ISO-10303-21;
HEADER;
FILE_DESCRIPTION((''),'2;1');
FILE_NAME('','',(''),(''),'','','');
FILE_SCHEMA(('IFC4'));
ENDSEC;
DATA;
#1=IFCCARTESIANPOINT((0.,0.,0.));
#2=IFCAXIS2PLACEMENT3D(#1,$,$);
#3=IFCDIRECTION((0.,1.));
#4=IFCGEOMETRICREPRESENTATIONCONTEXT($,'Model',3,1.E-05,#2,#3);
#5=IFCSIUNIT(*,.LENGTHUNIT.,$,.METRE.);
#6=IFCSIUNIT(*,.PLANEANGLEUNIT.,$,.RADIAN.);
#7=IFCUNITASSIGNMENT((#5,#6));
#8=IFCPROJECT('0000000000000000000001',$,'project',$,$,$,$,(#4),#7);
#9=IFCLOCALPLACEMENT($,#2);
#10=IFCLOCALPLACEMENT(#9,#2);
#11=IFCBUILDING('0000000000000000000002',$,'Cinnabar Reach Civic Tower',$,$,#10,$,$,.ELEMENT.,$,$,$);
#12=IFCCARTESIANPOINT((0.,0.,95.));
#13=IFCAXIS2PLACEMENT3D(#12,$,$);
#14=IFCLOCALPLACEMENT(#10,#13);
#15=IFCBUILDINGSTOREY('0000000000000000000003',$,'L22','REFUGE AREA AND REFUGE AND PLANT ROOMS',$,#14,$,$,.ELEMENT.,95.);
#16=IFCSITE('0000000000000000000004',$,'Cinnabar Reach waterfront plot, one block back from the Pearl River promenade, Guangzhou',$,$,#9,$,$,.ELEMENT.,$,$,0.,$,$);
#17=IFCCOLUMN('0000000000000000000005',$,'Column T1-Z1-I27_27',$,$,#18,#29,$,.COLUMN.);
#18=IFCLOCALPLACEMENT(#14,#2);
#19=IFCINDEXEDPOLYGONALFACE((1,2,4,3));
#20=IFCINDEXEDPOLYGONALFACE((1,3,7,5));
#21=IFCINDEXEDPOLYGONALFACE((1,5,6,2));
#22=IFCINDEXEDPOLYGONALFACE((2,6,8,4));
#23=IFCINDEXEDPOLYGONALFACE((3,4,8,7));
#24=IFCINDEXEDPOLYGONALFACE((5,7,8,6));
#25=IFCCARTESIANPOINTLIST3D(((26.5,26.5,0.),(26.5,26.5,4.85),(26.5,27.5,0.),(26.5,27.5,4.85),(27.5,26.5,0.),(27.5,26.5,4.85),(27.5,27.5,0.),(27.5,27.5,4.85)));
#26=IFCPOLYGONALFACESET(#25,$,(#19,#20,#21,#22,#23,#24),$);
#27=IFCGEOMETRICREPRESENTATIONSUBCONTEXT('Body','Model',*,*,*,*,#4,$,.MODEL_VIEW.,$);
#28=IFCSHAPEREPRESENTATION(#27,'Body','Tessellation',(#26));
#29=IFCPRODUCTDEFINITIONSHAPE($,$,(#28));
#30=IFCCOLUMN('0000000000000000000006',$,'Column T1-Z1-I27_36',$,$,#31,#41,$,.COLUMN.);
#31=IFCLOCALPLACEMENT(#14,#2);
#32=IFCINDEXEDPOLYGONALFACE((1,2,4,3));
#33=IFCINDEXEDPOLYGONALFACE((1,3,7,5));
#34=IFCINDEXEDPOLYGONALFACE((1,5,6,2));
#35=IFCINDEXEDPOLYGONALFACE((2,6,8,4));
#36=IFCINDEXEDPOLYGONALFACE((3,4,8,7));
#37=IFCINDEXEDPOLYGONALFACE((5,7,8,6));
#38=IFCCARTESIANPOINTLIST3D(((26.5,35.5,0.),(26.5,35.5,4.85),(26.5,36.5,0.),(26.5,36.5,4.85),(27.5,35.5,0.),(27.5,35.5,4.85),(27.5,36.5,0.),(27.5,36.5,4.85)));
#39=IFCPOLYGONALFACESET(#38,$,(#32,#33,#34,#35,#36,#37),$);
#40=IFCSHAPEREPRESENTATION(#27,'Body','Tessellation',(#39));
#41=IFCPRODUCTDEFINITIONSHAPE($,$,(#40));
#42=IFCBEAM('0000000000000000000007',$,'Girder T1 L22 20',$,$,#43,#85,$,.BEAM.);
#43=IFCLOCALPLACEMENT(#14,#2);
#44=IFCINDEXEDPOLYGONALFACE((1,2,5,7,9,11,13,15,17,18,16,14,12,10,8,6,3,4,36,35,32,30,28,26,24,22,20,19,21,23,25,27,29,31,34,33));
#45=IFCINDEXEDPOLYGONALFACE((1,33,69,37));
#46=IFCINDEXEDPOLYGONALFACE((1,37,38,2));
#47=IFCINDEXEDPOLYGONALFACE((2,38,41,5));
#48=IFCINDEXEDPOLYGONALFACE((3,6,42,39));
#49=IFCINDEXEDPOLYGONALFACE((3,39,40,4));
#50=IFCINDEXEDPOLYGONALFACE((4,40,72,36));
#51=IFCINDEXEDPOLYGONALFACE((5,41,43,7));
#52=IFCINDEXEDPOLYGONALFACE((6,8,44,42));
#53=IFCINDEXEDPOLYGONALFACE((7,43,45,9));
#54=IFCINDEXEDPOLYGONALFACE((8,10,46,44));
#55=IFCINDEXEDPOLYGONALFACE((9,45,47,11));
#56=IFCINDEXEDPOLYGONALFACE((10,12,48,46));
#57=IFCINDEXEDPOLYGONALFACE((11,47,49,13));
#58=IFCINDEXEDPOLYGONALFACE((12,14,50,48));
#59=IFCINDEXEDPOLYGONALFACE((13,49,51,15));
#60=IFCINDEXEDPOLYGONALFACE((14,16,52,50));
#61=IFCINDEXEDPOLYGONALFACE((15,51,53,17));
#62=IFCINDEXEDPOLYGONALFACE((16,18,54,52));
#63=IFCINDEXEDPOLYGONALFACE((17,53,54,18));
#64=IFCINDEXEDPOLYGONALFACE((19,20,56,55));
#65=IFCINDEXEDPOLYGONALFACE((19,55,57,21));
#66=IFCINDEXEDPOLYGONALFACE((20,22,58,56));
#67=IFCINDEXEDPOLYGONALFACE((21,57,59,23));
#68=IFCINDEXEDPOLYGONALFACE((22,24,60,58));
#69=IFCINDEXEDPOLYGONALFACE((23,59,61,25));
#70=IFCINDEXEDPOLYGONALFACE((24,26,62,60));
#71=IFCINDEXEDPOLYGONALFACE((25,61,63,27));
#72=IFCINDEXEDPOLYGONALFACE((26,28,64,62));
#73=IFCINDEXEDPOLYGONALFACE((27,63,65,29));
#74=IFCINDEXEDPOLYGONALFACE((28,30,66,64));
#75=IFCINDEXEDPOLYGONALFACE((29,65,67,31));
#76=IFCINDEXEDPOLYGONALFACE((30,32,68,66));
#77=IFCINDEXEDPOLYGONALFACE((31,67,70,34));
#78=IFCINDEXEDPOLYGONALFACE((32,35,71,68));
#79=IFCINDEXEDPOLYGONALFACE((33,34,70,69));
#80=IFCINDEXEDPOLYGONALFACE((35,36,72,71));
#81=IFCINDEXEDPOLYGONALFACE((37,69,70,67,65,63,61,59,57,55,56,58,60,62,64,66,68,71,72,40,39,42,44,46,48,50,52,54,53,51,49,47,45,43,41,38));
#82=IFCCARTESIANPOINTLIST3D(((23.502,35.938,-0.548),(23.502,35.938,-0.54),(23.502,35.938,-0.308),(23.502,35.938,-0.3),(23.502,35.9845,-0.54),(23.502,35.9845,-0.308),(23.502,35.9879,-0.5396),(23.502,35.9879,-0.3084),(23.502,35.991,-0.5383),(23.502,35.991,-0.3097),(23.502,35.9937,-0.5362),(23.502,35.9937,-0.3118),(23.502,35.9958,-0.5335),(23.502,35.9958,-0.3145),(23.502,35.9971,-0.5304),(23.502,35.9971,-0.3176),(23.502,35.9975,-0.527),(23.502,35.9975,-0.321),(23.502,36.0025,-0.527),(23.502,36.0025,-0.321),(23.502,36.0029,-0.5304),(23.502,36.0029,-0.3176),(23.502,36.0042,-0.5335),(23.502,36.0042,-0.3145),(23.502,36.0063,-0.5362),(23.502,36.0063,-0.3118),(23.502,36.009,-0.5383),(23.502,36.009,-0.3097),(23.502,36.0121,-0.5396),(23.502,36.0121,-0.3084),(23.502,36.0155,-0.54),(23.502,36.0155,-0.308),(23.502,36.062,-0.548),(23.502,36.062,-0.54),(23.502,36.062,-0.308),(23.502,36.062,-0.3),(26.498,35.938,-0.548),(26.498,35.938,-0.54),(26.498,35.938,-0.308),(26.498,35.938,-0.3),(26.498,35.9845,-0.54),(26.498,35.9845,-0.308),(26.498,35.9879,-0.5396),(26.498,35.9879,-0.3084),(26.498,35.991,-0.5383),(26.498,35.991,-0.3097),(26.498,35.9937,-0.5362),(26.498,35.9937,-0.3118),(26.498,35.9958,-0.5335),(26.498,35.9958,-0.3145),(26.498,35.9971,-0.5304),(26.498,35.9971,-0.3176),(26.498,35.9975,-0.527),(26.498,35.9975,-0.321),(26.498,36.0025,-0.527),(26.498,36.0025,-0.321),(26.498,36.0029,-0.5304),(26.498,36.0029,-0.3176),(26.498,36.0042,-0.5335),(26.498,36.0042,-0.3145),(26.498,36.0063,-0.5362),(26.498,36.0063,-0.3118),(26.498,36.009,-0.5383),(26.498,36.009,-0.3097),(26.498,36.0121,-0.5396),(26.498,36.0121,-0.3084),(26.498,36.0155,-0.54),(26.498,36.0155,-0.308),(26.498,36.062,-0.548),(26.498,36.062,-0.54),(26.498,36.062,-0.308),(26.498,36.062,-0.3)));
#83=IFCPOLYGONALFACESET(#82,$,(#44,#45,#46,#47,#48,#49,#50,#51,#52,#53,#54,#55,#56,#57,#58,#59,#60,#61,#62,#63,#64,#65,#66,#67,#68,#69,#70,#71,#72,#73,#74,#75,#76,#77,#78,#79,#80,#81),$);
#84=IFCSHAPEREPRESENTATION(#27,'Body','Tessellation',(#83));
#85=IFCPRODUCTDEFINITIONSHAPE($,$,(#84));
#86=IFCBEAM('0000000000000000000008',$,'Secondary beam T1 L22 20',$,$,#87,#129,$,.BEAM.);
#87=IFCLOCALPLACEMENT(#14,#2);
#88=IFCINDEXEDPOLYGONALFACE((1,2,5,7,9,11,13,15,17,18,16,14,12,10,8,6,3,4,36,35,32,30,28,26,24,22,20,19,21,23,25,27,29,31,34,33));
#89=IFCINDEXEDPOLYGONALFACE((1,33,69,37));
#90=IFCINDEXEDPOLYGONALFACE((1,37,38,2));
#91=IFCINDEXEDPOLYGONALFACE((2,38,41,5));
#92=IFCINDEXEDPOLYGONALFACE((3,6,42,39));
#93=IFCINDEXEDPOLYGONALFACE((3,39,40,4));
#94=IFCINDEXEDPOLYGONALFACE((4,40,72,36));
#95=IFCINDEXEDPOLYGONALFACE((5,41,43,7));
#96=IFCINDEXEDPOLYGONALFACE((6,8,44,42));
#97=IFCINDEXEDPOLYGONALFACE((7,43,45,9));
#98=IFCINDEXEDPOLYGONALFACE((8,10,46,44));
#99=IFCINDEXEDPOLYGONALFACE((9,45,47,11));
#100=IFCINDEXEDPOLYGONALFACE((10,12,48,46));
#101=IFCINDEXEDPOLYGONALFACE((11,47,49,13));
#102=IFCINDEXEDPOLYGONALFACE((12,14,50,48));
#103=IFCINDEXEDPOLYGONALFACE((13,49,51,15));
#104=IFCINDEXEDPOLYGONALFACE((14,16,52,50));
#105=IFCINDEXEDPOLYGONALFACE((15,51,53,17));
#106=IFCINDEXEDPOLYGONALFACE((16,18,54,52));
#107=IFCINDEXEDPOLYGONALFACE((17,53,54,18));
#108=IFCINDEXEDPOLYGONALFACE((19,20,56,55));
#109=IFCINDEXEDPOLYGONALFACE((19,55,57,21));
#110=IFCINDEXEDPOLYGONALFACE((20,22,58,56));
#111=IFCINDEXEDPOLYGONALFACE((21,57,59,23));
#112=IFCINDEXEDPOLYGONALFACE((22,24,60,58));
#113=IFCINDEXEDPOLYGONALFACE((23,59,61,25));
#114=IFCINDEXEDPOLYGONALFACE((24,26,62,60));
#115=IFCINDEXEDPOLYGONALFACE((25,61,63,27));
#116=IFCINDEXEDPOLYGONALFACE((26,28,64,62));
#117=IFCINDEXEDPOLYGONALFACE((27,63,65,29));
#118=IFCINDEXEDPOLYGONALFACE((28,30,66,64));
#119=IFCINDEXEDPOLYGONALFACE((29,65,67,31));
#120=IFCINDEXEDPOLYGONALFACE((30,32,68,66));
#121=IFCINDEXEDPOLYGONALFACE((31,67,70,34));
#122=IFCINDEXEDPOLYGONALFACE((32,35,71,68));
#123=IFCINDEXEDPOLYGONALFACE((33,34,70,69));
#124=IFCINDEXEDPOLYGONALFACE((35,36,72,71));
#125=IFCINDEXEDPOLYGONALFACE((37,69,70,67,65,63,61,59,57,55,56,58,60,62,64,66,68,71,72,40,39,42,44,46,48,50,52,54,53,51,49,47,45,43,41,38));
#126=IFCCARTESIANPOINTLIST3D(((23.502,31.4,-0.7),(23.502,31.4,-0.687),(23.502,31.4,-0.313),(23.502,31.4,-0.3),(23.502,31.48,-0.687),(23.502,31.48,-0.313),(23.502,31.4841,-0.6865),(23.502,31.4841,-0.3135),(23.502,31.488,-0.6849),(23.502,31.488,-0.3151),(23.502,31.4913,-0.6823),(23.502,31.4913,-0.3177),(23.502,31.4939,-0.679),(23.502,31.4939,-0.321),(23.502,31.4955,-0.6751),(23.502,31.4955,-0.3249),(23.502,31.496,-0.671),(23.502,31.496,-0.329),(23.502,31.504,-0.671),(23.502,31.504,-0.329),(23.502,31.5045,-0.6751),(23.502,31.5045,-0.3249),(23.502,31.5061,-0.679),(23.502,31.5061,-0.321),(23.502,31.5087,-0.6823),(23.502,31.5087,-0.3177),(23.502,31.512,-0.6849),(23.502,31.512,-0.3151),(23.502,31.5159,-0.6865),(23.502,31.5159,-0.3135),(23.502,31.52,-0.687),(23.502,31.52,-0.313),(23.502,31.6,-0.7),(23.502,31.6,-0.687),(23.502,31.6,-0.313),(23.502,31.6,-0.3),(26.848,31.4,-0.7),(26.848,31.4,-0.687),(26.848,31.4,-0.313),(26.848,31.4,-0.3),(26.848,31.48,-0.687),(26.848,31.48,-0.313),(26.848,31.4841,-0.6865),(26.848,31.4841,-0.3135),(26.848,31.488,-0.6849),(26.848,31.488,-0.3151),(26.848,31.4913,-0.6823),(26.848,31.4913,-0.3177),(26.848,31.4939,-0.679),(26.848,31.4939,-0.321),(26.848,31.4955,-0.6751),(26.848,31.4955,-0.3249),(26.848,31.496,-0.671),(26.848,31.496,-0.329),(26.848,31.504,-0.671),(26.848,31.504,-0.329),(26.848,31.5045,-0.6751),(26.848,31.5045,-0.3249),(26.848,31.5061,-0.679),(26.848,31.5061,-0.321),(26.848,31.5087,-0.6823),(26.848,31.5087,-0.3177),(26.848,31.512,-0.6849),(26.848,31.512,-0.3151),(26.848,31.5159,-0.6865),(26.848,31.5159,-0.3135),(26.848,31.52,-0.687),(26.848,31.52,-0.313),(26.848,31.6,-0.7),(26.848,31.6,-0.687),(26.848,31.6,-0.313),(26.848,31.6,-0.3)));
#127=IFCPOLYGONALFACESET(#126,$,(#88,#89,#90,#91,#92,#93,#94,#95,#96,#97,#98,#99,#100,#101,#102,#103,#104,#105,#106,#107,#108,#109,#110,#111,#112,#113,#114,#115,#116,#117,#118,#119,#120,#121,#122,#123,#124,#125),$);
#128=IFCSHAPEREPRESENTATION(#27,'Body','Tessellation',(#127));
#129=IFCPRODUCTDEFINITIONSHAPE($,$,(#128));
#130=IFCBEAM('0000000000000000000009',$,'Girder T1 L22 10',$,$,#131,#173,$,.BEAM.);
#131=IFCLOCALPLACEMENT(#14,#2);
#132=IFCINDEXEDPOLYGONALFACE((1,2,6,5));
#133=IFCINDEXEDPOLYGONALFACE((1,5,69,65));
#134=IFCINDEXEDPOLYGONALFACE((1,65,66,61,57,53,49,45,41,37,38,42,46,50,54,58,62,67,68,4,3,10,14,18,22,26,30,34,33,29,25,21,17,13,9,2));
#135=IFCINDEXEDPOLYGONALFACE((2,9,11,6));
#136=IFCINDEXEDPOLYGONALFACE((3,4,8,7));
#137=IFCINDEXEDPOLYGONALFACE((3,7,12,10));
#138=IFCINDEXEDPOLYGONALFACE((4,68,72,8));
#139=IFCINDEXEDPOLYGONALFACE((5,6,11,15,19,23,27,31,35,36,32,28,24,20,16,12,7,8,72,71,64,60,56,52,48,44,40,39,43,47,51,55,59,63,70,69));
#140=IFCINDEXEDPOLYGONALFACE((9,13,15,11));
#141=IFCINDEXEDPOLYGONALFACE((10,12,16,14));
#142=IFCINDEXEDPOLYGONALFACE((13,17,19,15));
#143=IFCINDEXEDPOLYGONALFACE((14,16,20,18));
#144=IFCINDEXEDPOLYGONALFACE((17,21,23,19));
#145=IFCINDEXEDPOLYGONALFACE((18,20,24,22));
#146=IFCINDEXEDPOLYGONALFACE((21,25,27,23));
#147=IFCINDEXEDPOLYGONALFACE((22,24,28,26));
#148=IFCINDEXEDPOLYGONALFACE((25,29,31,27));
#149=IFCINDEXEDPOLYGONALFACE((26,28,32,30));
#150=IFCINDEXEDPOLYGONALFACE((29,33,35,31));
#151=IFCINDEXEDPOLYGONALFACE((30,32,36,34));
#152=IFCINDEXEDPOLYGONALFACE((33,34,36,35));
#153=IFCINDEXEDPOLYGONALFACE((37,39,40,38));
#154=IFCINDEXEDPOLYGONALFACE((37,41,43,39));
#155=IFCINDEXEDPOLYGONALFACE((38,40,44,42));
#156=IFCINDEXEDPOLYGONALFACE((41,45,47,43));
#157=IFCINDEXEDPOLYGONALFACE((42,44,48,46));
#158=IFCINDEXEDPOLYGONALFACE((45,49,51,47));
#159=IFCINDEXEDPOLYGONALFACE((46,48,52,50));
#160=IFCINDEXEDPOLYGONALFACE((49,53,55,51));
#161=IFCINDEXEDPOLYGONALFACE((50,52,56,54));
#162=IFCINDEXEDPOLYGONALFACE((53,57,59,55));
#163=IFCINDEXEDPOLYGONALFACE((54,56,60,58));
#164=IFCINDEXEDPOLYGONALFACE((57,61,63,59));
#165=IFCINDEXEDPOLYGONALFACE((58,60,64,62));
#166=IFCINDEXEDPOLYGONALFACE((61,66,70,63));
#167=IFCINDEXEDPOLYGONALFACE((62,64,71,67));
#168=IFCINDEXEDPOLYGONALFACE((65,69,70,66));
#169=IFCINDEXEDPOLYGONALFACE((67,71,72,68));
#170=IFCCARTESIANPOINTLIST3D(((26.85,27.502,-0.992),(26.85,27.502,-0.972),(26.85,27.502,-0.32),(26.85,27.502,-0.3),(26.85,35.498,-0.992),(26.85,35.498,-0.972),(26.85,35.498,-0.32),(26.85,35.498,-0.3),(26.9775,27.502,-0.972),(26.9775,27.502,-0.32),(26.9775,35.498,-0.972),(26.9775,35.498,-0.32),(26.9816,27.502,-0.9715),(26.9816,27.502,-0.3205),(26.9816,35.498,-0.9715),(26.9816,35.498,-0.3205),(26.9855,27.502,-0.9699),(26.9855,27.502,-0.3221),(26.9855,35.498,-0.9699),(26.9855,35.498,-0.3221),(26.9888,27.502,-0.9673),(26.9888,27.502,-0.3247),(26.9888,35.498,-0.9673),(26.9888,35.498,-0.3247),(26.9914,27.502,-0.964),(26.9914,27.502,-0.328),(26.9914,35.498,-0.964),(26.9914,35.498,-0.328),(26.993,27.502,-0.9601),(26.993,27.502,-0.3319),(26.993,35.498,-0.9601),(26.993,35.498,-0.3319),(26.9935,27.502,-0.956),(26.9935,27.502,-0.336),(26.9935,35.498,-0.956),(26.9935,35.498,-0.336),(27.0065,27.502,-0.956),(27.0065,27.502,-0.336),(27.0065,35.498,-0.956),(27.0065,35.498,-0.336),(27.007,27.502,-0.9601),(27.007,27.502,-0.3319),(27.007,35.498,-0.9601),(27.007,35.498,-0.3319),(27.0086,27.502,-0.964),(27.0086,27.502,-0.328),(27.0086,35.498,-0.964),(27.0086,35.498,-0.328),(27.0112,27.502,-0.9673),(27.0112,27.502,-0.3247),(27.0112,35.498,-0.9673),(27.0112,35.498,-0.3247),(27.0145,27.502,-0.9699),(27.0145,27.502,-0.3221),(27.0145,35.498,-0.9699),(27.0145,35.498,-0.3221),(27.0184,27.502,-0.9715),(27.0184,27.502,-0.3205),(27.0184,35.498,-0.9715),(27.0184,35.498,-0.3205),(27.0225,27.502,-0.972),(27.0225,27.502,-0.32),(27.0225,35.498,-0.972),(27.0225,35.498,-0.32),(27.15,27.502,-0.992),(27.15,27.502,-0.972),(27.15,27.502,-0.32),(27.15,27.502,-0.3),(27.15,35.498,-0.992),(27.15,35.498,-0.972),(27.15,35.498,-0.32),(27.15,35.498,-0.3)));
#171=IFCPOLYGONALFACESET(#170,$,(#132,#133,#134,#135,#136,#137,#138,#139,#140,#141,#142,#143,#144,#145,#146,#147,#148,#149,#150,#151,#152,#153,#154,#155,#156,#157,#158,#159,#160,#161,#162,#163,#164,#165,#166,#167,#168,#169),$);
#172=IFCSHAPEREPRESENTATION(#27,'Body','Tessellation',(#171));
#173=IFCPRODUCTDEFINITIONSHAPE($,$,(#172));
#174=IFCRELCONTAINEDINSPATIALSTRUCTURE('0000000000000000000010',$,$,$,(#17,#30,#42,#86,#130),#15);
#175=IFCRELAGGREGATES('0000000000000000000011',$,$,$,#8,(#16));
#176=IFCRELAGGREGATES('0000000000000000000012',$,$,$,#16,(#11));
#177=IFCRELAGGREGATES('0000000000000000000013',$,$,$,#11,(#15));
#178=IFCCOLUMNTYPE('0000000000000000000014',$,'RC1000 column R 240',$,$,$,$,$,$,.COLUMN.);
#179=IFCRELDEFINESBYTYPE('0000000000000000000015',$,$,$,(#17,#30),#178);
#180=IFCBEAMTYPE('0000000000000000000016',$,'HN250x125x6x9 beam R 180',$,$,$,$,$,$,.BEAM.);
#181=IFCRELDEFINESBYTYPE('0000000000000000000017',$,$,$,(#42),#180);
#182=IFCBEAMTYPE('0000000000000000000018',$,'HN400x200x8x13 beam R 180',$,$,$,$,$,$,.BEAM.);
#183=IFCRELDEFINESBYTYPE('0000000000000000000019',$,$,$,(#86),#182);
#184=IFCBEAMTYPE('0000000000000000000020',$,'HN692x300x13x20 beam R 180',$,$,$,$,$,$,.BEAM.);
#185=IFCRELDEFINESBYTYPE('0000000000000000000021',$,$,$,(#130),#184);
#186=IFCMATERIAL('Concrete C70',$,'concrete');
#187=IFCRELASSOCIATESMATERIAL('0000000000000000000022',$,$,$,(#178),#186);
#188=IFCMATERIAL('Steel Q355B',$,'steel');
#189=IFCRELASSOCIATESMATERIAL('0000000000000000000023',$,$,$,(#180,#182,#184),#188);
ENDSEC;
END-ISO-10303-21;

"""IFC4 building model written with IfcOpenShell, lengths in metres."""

from ifc_helpers import new_model, si_unit, direction, frame, origin, origin_2d, place, context, subcontext, project, spatial, rectangle, i_section, extrude, material, material_profile, profile_set, type_object, element, save


model = new_model("IFC4")

# Units and contexts
model_context = context("Model", 3, precision=1e-05, world=origin(), true_north=direction((0.0, 1.0)))
body_context = subcontext(model_context, "Body", "Model", "MODEL_VIEW")
ifc_project = project(units=[si_unit("LENGTHUNIT", "METRE"), si_unit("PLANEANGLEUNIT", "RADIAN")], contexts=[model_context])

# Site, building, storey
site_placement = place(None, origin())
site = spatial("IfcSite", under=ifc_project, at=site_placement, Name="Cinnabar Reach waterfront plot, one block back from the Pearl River promenade, Guangzhou", CompositionType="ELEMENT", RefElevation=0.0)
building_placement = place(site_placement, origin())
building = spatial("IfcBuilding", under=site, at=building_placement, Name="Cinnabar Reach Civic Tower", CompositionType="ELEMENT")
storey_placement = place(building_placement, frame((0.0, 0.0, 95.0)))
storey = spatial("IfcBuildingStorey", under=building, at=storey_placement, Name="L22", Description="REFUGE AREA AND REFUGE AND PLANT ROOMS", CompositionType="ELEMENT", Elevation=95.0)

# Columns
ifc_material_1 = material(Name="Concrete C70", Category="concrete")
ifc_material_profile_1 = material_profile(ifc_material_1, rectangle(XDim=1.0, YDim=1.0, at=origin_2d()), Name="RC1000")
ifc_profile_set_1 = profile_set([ifc_material_profile_1], Name="Concrete C70")
column_type = type_object("IfcColumnType", Name="RC1000 column R 240", PredefinedType="COLUMN", material=ifc_profile_set_1)
for number, where, z_axis, x_axis, name in (
    (1, (27.0, 27.0, 0.0), (0.0, 0.0, 1.0), (1.0, 0.0, 0.0), "Column T1-Z1-I27_27"),
    (2, (27.0, 36.0, 0.0), (0.0, 0.0, 1.0), (1.0, 0.0, 0.0), "Column T1-Z1-I27_36"),
):
    element("IfcColumn", number, at=place(storey_placement, frame(where, z_axis=z_axis, x_axis=x_axis)), inside=storey, type_object=column_type, Name=name, PredefinedType="COLUMN", context=body_context, shape_type="SweptSolid", body=[
        extrude(rectangle(XDim=1.0, YDim=1.0, at=origin_2d()), origin(), (0.0, 0.0, 1.0), 4.85),
    ])

# Beams
ifc_material_2 = material(Name="Steel Q355B", Category="steel")
ifc_material_profile_2 = material_profile(ifc_material_2, i_section(OverallWidth=0.124, OverallDepth=0.248, WebThickness=0.005, FlangeThickness=0.008, FilletRadius=0.013, at=origin_2d()), Name="HN250x125x6x9")
ifc_profile_set_2 = profile_set([ifc_material_profile_2], Name="Steel Q355B")
beam_type_1 = type_object("IfcBeamType", Name="HN250x125x6x9 beam R 180", PredefinedType="BEAM", material=ifc_profile_set_2)
beam_1_placement = place(storey_placement, frame((23.502, 36.0, -0.424), z_axis=(1.0, 0.0, 0.0), x_axis=(0.0, 1.0, 0.0)))
element("IfcBeam", 3, at=beam_1_placement, inside=storey, type_object=beam_type_1, Name="Girder T1 L22 20", PredefinedType="BEAM", context=body_context, shape_type="SweptSolid", body=[
    extrude(i_section(OverallWidth=0.124, OverallDepth=0.248, WebThickness=0.005, FlangeThickness=0.008, FilletRadius=0.013, at=origin_2d()), origin(), (0.0, 0.0, 1.0), 2.996),
])
ifc_material_profile_3 = material_profile(ifc_material_2, i_section(OverallWidth=0.2, OverallDepth=0.4, WebThickness=0.008, FlangeThickness=0.013, FilletRadius=0.016, at=origin_2d()), Name="HN400x200x8x13")
ifc_profile_set_3 = profile_set([ifc_material_profile_3], Name="Steel Q355B")
beam_type_2 = type_object("IfcBeamType", Name="HN400x200x8x13 beam R 180", PredefinedType="BEAM", material=ifc_profile_set_3)
beam_2_placement = place(storey_placement, frame((23.502, 31.5, -0.5), z_axis=(1.0, 0.0, 0.0), x_axis=(0.0, 1.0, 0.0)))
element("IfcBeam", 4, at=beam_2_placement, inside=storey, type_object=beam_type_2, Name="Secondary beam T1 L22 20", PredefinedType="BEAM", context=body_context, shape_type="SweptSolid", body=[
    extrude(i_section(OverallWidth=0.2, OverallDepth=0.4, WebThickness=0.008, FlangeThickness=0.013, FilletRadius=0.016, at=origin_2d()), origin(), (0.0, 0.0, 1.0), 3.346),
])
ifc_material_profile_4 = material_profile(ifc_material_2, i_section(OverallWidth=0.3, OverallDepth=0.692, WebThickness=0.013, FlangeThickness=0.02, FilletRadius=0.016, at=origin_2d()), Name="HN692x300x13x20")
ifc_profile_set_4 = profile_set([ifc_material_profile_4], Name="Steel Q355B")
beam_type_3 = type_object("IfcBeamType", Name="HN692x300x13x20 beam R 180", PredefinedType="BEAM", material=ifc_profile_set_4)
beam_3_placement = place(storey_placement, frame((27.0, 27.502, -0.646), z_axis=(0.0, 1.0, 0.0), x_axis=(-1.0, 0.0, 0.0)))
element("IfcBeam", 5, at=beam_3_placement, inside=storey, type_object=beam_type_3, Name="Girder T1 L22 10", PredefinedType="BEAM", context=body_context, shape_type="SweptSolid", body=[
    extrude(i_section(OverallWidth=0.3, OverallDepth=0.692, WebThickness=0.013, FlangeThickness=0.02, FilletRadius=0.016, at=origin_2d()), origin(), (0.0, 0.0, 1.0), 7.996),
])

save(model, "model.ifc")
